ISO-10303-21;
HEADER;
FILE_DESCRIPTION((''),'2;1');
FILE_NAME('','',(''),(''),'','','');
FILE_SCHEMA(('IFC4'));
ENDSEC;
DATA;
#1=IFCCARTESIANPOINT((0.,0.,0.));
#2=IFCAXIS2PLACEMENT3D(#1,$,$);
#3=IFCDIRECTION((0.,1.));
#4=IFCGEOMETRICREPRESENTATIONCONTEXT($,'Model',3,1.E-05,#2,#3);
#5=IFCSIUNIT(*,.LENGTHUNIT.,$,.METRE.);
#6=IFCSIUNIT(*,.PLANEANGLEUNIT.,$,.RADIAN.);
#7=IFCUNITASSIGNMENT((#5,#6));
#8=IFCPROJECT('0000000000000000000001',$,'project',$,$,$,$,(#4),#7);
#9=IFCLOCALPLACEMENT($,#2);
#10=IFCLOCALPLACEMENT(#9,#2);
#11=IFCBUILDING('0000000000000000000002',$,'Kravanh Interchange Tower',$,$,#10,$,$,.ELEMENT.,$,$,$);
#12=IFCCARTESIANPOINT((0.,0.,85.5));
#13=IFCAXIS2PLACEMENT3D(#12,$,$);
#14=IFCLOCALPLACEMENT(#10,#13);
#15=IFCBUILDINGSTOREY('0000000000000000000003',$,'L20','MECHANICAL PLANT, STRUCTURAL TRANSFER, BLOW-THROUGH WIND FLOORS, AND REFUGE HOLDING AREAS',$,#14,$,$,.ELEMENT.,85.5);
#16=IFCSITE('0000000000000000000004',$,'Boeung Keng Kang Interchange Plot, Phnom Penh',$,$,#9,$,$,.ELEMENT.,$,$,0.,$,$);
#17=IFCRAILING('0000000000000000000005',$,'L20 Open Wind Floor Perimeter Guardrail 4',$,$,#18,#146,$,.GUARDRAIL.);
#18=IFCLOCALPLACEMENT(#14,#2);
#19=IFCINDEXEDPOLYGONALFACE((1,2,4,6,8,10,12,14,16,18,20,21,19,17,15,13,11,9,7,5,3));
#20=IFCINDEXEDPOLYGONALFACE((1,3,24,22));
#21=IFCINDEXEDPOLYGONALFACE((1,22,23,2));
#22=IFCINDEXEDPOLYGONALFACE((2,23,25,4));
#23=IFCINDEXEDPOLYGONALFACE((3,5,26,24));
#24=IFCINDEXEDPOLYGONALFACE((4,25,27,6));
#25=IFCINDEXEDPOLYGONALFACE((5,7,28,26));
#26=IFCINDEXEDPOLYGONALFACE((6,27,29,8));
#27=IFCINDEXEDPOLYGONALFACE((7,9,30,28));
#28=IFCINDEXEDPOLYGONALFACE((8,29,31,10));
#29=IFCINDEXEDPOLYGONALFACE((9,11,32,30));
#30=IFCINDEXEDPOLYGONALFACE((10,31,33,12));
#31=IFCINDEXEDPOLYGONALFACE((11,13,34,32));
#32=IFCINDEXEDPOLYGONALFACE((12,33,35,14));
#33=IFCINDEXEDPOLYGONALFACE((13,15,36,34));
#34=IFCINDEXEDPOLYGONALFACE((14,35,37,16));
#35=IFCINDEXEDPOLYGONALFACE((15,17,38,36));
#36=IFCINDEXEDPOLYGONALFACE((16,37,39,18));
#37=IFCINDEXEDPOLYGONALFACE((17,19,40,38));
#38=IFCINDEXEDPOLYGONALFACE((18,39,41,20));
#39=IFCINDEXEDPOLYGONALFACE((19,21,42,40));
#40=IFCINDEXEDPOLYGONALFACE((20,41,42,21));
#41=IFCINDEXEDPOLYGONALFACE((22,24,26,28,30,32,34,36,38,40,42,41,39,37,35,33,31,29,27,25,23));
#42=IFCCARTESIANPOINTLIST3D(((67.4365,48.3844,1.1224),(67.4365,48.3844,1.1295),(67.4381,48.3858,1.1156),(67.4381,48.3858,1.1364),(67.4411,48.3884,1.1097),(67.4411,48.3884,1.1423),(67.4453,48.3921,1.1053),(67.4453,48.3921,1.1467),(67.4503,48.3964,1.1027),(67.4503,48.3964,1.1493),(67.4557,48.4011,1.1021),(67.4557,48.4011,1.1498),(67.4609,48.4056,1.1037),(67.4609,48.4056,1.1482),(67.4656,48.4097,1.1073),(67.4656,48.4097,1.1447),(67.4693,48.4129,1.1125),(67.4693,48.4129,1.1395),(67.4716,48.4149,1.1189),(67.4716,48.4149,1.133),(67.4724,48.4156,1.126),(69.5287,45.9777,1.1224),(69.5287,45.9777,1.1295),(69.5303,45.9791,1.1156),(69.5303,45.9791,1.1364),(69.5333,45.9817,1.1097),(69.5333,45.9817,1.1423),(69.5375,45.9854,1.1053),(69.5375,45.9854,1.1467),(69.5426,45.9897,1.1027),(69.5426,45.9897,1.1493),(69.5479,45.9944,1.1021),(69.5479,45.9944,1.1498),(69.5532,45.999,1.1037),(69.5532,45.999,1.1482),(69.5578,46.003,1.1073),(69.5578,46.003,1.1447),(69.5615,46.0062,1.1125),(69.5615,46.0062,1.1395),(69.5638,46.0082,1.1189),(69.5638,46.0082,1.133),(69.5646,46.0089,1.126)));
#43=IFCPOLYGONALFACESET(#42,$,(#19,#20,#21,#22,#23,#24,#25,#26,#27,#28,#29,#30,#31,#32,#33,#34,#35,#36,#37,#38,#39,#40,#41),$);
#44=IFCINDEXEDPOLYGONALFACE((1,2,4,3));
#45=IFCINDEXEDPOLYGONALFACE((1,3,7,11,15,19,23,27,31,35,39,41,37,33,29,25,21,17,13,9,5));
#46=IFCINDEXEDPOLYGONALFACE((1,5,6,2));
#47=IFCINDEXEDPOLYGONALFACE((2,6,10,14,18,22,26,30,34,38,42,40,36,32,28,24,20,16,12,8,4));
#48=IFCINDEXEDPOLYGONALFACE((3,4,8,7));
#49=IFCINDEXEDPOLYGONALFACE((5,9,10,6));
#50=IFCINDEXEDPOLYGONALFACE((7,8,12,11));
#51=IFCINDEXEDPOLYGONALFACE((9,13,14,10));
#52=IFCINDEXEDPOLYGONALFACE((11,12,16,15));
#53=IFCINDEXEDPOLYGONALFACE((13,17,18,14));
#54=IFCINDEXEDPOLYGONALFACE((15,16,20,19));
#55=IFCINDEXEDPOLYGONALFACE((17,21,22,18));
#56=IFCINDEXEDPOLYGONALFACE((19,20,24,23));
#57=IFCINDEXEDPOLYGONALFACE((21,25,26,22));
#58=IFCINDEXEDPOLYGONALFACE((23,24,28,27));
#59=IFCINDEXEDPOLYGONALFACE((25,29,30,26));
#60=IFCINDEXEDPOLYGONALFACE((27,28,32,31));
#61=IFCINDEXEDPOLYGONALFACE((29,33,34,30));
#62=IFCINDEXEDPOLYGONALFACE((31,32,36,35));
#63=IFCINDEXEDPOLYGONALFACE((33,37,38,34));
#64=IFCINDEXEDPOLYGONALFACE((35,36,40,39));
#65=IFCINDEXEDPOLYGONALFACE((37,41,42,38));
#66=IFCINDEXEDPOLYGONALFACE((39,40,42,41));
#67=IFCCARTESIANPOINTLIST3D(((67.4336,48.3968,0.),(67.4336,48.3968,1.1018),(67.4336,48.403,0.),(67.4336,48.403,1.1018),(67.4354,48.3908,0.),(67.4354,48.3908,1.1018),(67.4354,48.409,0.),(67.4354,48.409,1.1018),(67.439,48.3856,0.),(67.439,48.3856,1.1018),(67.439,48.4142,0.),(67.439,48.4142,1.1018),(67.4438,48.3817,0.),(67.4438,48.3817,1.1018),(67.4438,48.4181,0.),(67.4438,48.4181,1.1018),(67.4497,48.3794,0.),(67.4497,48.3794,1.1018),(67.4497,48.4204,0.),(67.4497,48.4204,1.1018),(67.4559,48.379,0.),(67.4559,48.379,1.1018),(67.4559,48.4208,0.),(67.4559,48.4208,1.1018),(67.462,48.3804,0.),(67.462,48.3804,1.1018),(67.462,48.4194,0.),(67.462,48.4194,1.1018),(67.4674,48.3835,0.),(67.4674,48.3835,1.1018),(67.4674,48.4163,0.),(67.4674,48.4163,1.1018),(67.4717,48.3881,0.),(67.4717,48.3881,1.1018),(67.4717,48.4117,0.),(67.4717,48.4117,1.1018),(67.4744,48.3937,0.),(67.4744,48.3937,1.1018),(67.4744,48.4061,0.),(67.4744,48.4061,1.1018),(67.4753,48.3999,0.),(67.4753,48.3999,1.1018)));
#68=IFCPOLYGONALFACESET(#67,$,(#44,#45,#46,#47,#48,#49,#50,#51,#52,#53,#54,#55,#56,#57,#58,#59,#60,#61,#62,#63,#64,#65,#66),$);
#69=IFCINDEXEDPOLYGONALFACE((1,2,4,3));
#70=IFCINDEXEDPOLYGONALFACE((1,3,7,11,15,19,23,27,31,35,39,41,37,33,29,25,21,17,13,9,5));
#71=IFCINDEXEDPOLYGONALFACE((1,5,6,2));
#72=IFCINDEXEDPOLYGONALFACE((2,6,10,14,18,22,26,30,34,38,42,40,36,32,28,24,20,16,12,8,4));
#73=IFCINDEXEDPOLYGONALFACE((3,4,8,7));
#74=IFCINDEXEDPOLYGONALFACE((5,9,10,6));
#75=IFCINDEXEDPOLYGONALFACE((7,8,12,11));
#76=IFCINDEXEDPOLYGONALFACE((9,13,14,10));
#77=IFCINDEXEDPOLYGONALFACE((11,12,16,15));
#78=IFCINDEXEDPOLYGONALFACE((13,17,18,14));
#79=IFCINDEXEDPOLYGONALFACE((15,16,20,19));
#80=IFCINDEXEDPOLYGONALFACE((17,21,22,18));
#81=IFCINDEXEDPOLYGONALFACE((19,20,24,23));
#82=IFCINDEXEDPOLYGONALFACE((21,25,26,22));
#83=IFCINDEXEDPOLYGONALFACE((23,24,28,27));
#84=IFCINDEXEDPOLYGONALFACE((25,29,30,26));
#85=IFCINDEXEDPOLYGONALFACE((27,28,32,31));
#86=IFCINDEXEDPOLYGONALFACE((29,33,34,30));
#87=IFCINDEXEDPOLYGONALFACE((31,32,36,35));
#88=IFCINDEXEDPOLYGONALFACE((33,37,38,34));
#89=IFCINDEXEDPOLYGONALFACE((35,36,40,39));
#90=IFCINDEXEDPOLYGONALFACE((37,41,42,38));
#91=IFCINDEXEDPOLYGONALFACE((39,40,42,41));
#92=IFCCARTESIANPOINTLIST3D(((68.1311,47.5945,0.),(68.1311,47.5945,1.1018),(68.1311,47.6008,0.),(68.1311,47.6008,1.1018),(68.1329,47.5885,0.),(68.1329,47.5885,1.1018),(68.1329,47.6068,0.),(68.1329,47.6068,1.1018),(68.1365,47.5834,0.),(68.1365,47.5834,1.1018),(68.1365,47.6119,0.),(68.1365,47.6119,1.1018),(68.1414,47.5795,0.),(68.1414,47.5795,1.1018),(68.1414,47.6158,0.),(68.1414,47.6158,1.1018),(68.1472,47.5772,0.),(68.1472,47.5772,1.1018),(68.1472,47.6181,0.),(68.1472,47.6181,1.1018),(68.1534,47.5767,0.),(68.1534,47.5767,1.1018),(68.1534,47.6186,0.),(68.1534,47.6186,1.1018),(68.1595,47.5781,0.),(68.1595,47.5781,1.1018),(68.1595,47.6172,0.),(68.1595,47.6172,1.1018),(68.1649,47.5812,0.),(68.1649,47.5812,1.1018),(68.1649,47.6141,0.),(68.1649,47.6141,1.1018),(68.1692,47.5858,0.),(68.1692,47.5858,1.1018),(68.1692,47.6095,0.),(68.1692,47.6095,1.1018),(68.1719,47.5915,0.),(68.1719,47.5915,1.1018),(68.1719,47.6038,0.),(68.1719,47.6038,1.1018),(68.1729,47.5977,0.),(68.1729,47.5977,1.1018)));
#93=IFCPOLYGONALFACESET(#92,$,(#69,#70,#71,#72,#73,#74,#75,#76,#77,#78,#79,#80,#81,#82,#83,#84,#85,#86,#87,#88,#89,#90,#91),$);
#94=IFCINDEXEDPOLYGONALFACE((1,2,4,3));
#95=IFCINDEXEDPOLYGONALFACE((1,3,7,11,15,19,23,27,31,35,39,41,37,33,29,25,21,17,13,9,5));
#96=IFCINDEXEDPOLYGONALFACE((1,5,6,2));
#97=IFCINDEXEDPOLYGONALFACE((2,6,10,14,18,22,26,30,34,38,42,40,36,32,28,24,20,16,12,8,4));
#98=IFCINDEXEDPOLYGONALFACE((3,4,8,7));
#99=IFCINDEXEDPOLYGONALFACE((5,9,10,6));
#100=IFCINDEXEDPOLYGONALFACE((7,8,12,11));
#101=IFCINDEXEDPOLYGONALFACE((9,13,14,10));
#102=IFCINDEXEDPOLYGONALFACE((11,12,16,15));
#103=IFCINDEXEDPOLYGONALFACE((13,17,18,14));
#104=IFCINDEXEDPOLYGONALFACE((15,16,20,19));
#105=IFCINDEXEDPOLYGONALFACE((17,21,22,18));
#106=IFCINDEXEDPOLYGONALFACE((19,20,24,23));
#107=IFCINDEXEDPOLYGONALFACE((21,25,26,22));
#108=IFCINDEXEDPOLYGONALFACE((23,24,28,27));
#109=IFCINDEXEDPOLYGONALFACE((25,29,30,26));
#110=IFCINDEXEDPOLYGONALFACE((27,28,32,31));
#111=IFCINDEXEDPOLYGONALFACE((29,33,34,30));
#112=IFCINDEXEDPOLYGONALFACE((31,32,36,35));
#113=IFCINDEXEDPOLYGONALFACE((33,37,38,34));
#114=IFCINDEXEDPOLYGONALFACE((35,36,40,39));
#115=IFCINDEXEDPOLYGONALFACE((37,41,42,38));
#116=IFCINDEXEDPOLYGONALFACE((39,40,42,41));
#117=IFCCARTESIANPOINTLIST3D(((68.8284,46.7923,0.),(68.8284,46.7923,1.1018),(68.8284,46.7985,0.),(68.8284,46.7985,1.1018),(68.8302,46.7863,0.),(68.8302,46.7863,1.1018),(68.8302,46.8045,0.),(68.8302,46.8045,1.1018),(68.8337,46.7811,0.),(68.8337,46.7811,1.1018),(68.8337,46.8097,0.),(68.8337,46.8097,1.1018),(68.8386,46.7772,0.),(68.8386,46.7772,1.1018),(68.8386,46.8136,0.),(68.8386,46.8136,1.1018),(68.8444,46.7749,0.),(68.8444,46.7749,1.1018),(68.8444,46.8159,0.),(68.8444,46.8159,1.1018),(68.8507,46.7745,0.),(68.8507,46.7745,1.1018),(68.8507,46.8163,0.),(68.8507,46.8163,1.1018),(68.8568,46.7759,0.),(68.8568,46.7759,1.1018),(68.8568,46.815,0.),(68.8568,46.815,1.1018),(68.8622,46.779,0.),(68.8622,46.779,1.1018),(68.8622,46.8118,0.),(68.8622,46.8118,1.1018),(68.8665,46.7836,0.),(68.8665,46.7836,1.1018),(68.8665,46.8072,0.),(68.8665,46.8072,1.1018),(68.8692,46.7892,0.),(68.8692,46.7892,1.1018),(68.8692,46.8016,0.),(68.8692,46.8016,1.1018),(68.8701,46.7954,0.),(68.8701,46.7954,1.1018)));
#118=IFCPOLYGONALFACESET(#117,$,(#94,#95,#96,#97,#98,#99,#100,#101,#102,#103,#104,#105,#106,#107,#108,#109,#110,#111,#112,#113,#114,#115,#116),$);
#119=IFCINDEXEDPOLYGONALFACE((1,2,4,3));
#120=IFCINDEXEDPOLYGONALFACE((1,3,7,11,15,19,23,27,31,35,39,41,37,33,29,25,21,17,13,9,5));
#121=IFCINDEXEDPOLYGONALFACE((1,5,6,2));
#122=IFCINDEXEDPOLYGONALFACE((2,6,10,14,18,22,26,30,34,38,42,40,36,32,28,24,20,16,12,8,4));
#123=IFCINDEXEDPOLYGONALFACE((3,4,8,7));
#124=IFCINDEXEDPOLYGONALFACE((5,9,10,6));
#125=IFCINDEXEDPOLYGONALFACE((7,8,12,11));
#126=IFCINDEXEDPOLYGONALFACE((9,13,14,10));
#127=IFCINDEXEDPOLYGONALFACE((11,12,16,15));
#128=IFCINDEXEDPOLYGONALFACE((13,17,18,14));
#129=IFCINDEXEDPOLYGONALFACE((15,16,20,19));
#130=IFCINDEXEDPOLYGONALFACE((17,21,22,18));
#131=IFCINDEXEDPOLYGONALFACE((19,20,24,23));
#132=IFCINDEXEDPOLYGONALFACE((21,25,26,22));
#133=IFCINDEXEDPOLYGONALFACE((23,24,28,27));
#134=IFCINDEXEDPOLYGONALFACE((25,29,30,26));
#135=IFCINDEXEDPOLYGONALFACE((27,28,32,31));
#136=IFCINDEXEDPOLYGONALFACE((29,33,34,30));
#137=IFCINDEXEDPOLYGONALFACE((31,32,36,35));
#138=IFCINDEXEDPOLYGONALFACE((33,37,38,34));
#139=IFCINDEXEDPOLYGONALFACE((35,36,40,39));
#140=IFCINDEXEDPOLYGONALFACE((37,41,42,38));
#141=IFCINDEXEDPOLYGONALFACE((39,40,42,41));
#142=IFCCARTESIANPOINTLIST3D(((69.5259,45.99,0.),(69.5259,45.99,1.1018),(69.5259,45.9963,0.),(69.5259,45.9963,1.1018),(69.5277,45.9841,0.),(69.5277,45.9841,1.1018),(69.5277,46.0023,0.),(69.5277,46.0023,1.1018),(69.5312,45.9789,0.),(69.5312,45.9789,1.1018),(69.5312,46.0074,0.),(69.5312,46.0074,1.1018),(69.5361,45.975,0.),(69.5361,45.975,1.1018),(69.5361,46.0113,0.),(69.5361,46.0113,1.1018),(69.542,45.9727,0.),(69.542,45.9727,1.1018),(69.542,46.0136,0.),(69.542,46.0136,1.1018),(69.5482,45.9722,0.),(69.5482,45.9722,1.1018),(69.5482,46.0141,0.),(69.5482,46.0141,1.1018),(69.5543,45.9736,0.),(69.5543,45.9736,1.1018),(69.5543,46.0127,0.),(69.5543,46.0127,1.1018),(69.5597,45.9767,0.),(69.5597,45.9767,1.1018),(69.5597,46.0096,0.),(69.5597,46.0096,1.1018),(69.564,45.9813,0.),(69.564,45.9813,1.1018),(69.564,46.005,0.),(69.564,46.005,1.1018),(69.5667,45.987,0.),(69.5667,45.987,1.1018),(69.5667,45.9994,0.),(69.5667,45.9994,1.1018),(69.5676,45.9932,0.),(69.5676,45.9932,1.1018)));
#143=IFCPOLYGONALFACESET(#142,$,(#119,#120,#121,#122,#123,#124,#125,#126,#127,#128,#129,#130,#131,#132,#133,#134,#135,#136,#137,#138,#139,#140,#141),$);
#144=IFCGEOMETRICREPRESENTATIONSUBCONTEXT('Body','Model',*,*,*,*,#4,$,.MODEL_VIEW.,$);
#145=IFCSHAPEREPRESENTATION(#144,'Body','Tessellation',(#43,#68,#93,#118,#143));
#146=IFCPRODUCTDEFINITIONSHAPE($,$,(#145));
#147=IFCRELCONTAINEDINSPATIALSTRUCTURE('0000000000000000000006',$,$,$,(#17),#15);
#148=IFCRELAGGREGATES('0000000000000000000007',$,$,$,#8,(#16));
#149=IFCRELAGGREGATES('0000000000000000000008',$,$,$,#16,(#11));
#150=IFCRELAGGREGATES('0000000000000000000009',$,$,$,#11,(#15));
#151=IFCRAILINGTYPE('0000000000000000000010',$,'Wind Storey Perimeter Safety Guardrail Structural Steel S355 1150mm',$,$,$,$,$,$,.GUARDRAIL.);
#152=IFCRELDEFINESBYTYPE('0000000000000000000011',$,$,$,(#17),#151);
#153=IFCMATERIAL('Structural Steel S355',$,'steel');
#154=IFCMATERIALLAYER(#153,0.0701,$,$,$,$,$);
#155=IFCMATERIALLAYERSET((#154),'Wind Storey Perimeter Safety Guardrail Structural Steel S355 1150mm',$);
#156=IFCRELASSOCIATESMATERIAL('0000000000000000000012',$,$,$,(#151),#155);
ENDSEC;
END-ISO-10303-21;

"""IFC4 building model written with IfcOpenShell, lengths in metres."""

from ifc_helpers import new_model, si_unit, direction, frame, origin, origin_2d, place, context, subcontext, project, spatial, circle, extrude, material, layer, layer_set, type_object, element, save


model = new_model("IFC4")

# Units and contexts
model_context = context("Model", 3, precision=1e-05, world=origin(), true_north=direction((0.0, 1.0)))
body_context = subcontext(model_context, "Body", "Model", "MODEL_VIEW")
ifc_project = project(units=[si_unit("LENGTHUNIT", "METRE"), si_unit("PLANEANGLEUNIT", "RADIAN")], contexts=[model_context])

# Site, building, storey
site_placement = place(None, origin())
site = spatial("IfcSite", under=ifc_project, at=site_placement, Name="Boeung Keng Kang Interchange Plot, Phnom Penh", CompositionType="ELEMENT", RefElevation=0.0)
building_placement = place(site_placement, origin())
building = spatial("IfcBuilding", under=site, at=building_placement, Name="Kravanh Interchange Tower", CompositionType="ELEMENT")
storey_placement = place(building_placement, frame((0.0, 0.0, 85.5)))
storey = spatial("IfcBuildingStorey", under=building, at=storey_placement, Name="L20", Description="MECHANICAL PLANT, STRUCTURAL TRANSFER, BLOW-THROUGH WIND FLOORS, AND REFUGE HOLDING AREAS", CompositionType="ELEMENT", Elevation=85.5)

# Railing
ifc_material_1 = material(Name="Structural Steel S355", Category="steel")
ifc_layer_1 = layer(ifc_material_1, 0.0701)
ifc_layer_set_1 = layer_set([ifc_layer_1], Name="Wind Storey Perimeter Safety Guardrail Structural Steel S355 1150mm")
railing_type_1 = type_object("IfcRailingType", Name="Wind Storey Perimeter Safety Guardrail Structural Steel S355 1150mm", PredefinedType="GUARDRAIL", material=ifc_layer_set_1)
railing_1_placement = place(storey_placement, frame((67.4543, 48.3999, 0.0)))
element("IfcRailing", 1, at=railing_1_placement, inside=storey, type_object=railing_type_1, Name="L20 Open Wind Floor Perimeter Guardrail 4", PredefinedType="GUARDRAIL", context=body_context, shape_type="SweptSolid", body=[
    extrude(circle(Radius=0.0239, at=origin_2d()), frame((0.0, 0.0, 1.126), z_axis=(0.656084, -0.754688, 0.0), x_axis=(0.754688, 0.656084, 0.0)), (0.0, 0.0, 1.0), 3.189),
    extrude(circle(Radius=0.021, at=origin_2d()), origin(), (0.0, 0.0, 1.0), 1.1018),
    extrude(circle(Radius=0.021, at=origin_2d()), frame((0.6975, -0.8022, 0.0)), (0.0, 0.0, 1.0), 1.1018),
    extrude(circle(Radius=0.021, at=origin_2d()), frame((1.3948, -1.6045, 0.0)), (0.0, 0.0, 1.0), 1.1018),
    extrude(circle(Radius=0.021, at=origin_2d()), frame((2.0923, -2.4067, 0.0)), (0.0, 0.0, 1.0), 1.1018),
])

save(model, "model.ifc")
